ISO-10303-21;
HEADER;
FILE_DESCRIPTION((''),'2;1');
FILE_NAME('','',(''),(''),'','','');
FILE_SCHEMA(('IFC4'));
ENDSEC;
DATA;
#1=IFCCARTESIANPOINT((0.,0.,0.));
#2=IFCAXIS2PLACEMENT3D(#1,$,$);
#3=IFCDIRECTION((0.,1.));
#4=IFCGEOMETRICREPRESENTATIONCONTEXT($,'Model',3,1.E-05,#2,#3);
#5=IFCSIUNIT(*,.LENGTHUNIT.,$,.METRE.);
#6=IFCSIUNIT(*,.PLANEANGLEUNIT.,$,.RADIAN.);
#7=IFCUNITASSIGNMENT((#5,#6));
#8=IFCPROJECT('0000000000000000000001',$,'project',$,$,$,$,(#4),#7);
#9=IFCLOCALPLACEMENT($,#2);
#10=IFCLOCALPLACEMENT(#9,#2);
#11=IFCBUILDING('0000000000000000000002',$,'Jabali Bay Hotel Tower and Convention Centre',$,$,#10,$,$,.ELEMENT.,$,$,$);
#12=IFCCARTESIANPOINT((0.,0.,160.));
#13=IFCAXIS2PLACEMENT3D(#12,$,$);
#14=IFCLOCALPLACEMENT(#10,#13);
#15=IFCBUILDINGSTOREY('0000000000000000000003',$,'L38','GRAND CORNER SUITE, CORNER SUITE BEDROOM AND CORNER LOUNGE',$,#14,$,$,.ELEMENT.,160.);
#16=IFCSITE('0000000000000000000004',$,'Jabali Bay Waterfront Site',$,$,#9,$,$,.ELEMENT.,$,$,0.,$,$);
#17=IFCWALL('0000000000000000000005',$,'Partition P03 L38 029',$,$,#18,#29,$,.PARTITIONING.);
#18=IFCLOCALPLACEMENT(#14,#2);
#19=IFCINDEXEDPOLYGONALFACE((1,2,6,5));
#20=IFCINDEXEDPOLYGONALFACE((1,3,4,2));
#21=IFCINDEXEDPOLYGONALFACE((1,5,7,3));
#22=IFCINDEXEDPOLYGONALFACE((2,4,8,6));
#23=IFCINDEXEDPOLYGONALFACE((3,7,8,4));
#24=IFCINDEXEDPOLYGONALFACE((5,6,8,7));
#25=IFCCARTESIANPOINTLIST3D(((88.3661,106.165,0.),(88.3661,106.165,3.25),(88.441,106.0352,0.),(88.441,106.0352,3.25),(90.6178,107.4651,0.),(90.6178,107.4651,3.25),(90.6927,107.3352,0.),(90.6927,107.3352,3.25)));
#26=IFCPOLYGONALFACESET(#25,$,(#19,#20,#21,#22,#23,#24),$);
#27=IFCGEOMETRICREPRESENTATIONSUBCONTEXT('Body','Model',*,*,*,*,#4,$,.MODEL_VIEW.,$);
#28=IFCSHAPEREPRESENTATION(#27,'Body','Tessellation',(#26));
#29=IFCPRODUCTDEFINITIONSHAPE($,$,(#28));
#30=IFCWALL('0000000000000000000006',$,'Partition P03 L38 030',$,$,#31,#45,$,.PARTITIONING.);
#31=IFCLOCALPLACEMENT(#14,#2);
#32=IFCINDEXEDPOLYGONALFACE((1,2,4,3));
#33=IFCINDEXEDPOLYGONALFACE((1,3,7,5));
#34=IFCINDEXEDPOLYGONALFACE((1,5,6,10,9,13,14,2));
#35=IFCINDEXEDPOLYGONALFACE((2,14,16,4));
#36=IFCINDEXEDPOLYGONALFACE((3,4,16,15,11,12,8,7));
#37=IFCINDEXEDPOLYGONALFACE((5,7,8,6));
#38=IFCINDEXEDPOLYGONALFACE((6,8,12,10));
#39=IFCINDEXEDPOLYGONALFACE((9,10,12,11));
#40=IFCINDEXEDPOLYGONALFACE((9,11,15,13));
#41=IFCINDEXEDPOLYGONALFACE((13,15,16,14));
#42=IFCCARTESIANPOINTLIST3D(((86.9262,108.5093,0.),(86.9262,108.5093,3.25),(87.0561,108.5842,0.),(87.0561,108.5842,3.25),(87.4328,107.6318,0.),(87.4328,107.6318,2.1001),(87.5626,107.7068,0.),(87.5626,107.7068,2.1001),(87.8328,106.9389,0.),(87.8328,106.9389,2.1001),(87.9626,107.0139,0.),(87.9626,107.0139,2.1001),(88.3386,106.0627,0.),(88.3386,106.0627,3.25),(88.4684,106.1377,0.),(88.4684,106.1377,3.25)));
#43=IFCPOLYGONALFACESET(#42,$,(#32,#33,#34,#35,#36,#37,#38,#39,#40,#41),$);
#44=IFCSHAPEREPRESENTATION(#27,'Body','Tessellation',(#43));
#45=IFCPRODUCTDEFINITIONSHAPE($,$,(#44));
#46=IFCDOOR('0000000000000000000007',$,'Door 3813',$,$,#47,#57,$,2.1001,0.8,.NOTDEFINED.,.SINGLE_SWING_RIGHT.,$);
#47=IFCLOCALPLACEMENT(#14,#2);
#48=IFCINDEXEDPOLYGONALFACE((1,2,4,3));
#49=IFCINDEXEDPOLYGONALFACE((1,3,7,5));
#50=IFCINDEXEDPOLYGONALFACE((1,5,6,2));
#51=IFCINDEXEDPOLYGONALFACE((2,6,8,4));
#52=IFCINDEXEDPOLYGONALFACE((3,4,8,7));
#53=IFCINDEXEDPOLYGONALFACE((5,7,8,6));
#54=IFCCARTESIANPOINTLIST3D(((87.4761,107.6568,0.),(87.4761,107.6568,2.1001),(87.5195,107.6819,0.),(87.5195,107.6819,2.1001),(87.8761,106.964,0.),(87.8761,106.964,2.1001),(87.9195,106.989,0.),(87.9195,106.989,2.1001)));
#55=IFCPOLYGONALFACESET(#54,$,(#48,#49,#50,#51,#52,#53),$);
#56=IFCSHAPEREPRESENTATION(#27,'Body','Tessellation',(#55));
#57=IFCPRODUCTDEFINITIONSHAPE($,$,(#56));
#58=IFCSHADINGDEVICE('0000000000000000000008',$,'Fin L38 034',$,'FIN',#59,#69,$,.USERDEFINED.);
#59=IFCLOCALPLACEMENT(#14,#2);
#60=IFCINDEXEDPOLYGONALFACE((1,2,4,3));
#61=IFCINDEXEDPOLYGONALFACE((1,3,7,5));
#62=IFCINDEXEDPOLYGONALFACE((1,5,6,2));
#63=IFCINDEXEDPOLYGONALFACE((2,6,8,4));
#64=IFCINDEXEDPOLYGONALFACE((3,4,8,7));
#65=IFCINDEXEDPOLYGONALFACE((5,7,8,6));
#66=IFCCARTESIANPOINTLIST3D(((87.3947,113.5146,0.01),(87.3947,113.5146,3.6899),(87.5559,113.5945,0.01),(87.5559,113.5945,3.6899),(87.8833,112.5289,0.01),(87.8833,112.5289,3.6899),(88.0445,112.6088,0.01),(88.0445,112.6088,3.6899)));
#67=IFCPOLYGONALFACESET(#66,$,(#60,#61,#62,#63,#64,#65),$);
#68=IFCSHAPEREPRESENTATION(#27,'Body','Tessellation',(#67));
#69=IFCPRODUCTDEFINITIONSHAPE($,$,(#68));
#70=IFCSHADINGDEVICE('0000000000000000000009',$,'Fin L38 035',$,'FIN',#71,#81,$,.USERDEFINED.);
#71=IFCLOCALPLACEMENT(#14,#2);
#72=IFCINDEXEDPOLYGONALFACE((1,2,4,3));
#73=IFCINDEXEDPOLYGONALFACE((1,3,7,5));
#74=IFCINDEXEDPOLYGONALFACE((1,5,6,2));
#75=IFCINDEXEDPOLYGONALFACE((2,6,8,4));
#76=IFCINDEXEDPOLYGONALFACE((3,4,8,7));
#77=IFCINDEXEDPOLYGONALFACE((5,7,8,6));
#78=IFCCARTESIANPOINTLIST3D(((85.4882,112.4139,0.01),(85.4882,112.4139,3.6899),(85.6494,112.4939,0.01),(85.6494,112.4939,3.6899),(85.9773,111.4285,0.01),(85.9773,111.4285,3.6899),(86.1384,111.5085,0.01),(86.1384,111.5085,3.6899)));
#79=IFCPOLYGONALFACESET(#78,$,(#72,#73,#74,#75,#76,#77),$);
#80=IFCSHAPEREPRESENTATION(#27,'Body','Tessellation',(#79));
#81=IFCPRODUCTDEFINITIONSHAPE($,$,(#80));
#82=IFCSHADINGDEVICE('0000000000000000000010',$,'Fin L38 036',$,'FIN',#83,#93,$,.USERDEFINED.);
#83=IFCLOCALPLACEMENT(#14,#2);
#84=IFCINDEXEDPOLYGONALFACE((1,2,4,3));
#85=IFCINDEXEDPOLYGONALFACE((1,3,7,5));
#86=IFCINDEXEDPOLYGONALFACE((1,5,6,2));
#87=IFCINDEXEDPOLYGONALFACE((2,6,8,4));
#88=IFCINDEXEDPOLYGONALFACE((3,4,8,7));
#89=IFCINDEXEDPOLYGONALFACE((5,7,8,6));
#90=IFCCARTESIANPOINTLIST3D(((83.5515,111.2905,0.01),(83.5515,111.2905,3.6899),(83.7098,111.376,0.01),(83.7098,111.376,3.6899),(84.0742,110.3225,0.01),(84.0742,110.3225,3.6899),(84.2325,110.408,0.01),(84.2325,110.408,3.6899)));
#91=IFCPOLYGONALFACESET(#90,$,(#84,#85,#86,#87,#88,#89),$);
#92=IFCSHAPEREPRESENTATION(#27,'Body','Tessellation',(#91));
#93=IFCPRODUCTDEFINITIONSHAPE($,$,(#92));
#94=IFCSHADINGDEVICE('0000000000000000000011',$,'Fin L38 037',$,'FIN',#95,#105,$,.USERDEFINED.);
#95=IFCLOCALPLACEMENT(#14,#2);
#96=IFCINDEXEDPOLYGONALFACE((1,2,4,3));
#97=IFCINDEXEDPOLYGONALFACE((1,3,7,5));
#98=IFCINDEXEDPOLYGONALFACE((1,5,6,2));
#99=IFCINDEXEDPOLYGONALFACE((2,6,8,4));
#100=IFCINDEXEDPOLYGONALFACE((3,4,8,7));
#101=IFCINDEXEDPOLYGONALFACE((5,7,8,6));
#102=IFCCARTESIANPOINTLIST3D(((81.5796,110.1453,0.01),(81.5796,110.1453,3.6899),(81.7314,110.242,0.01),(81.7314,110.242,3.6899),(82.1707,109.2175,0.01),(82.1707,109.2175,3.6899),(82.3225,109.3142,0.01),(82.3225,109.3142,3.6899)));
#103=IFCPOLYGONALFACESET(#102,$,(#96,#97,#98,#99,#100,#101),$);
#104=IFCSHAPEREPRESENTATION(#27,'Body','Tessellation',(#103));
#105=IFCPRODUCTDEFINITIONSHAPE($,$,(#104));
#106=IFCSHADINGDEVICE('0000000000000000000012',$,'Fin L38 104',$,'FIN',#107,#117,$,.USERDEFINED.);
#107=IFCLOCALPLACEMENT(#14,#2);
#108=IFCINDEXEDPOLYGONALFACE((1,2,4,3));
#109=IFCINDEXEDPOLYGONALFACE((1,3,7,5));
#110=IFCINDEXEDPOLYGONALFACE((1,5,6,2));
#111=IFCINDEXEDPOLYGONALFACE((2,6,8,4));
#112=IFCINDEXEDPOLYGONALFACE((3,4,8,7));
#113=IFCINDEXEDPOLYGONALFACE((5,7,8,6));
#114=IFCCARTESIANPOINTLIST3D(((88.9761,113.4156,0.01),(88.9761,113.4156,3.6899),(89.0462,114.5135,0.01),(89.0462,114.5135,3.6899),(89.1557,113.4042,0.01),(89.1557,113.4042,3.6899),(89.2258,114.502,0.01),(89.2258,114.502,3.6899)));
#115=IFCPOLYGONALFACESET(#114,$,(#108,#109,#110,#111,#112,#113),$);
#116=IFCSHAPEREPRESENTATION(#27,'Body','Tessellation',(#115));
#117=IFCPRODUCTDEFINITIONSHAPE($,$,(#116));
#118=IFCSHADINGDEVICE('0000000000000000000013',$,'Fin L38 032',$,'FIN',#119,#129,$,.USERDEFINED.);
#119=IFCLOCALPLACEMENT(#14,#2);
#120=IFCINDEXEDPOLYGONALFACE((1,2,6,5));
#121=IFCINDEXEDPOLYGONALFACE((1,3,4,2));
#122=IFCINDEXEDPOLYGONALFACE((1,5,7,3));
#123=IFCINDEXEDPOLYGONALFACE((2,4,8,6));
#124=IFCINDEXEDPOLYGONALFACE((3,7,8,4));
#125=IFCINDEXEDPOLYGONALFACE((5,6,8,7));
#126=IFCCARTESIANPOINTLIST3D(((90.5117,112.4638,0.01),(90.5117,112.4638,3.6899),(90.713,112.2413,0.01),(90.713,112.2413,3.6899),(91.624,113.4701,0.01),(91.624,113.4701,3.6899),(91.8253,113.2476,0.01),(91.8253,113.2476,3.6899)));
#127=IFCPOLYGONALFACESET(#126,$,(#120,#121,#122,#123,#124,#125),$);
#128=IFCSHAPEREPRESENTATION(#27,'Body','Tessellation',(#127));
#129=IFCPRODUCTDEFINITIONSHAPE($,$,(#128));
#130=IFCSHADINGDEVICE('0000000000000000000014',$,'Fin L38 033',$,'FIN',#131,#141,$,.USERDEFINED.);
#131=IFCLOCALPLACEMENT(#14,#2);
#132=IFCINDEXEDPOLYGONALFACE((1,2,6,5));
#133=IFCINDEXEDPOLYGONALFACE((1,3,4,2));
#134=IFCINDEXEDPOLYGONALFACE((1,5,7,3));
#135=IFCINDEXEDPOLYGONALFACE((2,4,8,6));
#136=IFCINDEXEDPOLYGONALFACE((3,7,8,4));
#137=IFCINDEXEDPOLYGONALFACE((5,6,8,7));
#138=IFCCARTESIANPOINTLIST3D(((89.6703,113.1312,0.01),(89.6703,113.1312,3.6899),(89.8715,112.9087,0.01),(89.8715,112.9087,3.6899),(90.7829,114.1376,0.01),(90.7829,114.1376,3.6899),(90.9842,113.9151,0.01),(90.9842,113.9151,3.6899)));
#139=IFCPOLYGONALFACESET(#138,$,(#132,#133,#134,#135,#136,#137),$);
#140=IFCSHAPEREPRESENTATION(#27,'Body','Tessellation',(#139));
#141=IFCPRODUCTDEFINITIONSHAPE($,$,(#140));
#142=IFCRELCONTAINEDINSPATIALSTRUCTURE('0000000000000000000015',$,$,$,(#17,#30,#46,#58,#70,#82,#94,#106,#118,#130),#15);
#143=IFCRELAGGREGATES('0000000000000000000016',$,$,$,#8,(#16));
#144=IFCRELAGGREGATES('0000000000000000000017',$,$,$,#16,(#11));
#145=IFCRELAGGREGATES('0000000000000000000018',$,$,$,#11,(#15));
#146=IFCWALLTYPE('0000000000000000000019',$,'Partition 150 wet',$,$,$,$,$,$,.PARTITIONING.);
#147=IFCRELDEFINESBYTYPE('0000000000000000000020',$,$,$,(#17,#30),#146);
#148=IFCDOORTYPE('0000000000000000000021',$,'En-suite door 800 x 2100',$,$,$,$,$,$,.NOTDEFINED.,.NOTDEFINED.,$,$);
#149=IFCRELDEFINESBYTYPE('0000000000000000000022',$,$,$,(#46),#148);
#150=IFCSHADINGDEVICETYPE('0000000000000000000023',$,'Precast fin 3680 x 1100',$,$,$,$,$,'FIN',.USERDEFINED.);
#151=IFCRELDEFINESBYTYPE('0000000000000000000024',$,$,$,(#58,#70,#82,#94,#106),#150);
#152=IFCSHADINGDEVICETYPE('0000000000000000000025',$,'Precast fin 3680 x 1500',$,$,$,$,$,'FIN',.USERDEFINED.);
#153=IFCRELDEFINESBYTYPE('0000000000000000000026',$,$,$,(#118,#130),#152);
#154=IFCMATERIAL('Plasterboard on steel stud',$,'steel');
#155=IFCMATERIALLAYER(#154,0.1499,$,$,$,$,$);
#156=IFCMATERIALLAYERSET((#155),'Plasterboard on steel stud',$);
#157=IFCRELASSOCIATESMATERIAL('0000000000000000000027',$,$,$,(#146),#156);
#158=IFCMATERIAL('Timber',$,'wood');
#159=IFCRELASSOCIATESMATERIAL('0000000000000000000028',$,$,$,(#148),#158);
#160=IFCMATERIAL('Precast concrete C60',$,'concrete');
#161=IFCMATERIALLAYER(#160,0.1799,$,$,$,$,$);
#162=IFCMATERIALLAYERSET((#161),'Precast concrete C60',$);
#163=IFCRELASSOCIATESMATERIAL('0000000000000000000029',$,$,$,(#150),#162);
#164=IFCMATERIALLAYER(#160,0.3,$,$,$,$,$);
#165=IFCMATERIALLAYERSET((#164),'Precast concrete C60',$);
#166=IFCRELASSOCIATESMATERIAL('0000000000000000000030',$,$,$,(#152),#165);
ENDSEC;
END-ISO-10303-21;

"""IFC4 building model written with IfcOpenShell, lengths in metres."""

from ifc_helpers import new_model, si_unit, direction, frame, frame_2d, origin, place, context, subcontext, project, spatial, rectangle, extrude, material, layer, layer_set, type_object, element, fill, save


model = new_model("IFC4")

# Units and contexts
model_context = context("Model", 3, precision=1e-05, world=origin(), true_north=direction((0.0, 1.0)))
body_context = subcontext(model_context, "Body", "Model", "MODEL_VIEW")
ifc_project = project(units=[si_unit("LENGTHUNIT", "METRE"), si_unit("PLANEANGLEUNIT", "RADIAN")], contexts=[model_context])

# Site, building, storey
site_placement = place(None, origin())
site = spatial("IfcSite", under=ifc_project, at=site_placement, Name="Jabali Bay Waterfront Site", CompositionType="ELEMENT", RefElevation=0.0)
building_placement = place(site_placement, origin())
building = spatial("IfcBuilding", under=site, at=building_placement, Name="Jabali Bay Hotel Tower and Convention Centre", CompositionType="ELEMENT")
storey_placement = place(building_placement, frame((0.0, 0.0, 160.0)))
storey = spatial("IfcBuildingStorey", under=building, at=storey_placement, Name="L38", Description="GRAND CORNER SUITE, CORNER SUITE BEDROOM AND CORNER LOUNGE", CompositionType="ELEMENT", Elevation=160.0)

# Wall
ifc_material_1 = material(Name="Plasterboard on steel stud", Category="steel")
ifc_layer_1 = layer(ifc_material_1, 0.1499)
ifc_layer_set_1 = layer_set([ifc_layer_1], Name="Plasterboard on steel stud")
wall_type_1 = type_object("IfcWallType", Name="Partition 150 wet", PredefinedType="PARTITIONING", material=ifc_layer_set_1)
wall_1_placement = place(storey_placement, frame((90.6553, 107.4001, 0.0), z_axis=(0.0, 0.0, 1.0), x_axis=(-0.866021, -0.500007, 0.0)))
element("IfcWall", 1, at=wall_1_placement, inside=storey, type_object=wall_type_1, Name="Partition P03 L38 029", PredefinedType="PARTITIONING", context=body_context, shape_type="SweptSolid", body=[
    extrude(rectangle(XDim=2.6001, YDim=0.1499, at=frame_2d((1.3, 0.0))), origin(), (0.0, 0.0, 1.0), 3.25),
])

# Wall, opening, door
wall_2_placement = place(storey_placement, frame((88.4036, 106.1001, 0.0), z_axis=(0.0, 0.0, 1.0), x_axis=(-0.499959, 0.866049, 0.0)))
wall_2 = element("IfcWall", 2, at=wall_2_placement, inside=storey, type_object=wall_type_1, Name="Partition P03 L38 030", PredefinedType="PARTITIONING", context=body_context, shape_type="SweptSolid", body=[
    extrude(rectangle(XDim=2.825, YDim=0.1499, at=frame_2d((1.4126, 0.0))), origin(), (0.0, 0.0, 1.0), 3.25),
])
opening_1_placement = place(wall_2_placement, frame((1.012, 0.0, 0.0)))
opening_1 = element("IfcOpeningElement", 3, at=opening_1_placement, cuts=wall_2, PredefinedType="OPENING", context=body_context, shape_type="SweptSolid", body=[
    extrude(rectangle(XDim=0.8, YDim=2.1001, at=frame_2d((0.3999, 1.05))), frame((0.0, 0.0854, 0.0), z_axis=(0.0, -1.0, 0.0), x_axis=(1.0, 0.0, 0.0)), (0.0, 0.0, 1.0), 0.1709),
])
ifc_material_2 = material(Name="Timber", Category="wood")
door_type = type_object("IfcDoorType", Name="En-suite door 800 x 2100", OperationType="NOTDEFINED", PredefinedType="NOTDEFINED", material=ifc_material_2)
door_placement = place(opening_1_placement, origin())
door = element("IfcDoor", 4, at=door_placement, inside=storey, type_object=door_type, Name="Door 3813", OperationType="SINGLE_SWING_RIGHT", OverallHeight=2.1001, OverallWidth=0.8, PredefinedType="NOTDEFINED", context=body_context, shape_type="SweptSolid", body=[
    extrude(rectangle(XDim=0.8, YDim=2.1001, at=frame_2d((0.3999, 1.05))), frame((0.0, 0.0249, 0.0), z_axis=(0.0, -1.0, 0.0), x_axis=(1.0, 0.0, 0.0)), (0.0, 0.0, 1.0), 0.05),
])
fill(opening_1, door)

# Shading devices
ifc_material_3 = material(Name="Precast concrete C60", Category="concrete")
ifc_layer_2 = layer(ifc_material_3, 0.1799)
ifc_layer_set_2 = layer_set([ifc_layer_2], Name="Precast concrete C60")
shading_device_type_1 = type_object("IfcShadingDeviceType", Name="Precast fin 3680 x 1100", ElementType="FIN", PredefinedType="USERDEFINED", material=ifc_layer_set_2)
for number, where, z_axis, x_axis, name in (
    (5, (87.9639, 112.5688, 0.01), (0.0, 0.0, 1.0), (-0.444104, 0.895975, 0.0), "Fin L38 034"),
    (6, (86.0579, 111.4685, 0.01), (0.0, 0.0, 1.0), (-0.444548, 0.895755, 0.0), "Fin L38 035"),
    (7, (84.1533, 110.3652, 0.01), (0.0, 0.0, 1.0), (-0.475132, 0.879915, 0.0), "Fin L38 036"),
    (8, (82.2466, 109.2659, 0.01), (0.0, 0.0, 1.0), (-0.537321, 0.843378, 0.0), "Fin L38 037"),
    (9, (89.0659, 113.4099, 0.01), (0.0, 0.0, 1.0), (0.063691, 0.99797, 0.0), "Fin L38 104"),
):
    element("IfcShadingDevice", number, at=place(storey_placement, frame(where, z_axis=z_axis, x_axis=x_axis)), inside=storey, type_object=shading_device_type_1, Name=name, ObjectType="FIN", PredefinedType="USERDEFINED", context=body_context, shape_type="SweptSolid", body=[
        extrude(rectangle(XDim=1.1001, YDim=0.1799, at=frame_2d((0.55, 0.0))), origin(), (0.0, 0.0, 1.0), 3.6799),
    ])
ifc_layer_3 = layer(ifc_material_3, 0.3)
ifc_layer_set_3 = layer_set([ifc_layer_3], Name="Precast concrete C60")
shading_device_type_2 = type_object("IfcShadingDeviceType", Name="Precast fin 3680 x 1500", ElementType="FIN", PredefinedType="USERDEFINED", material=ifc_layer_set_3)
shading_device_1_placement = place(storey_placement, frame((90.6123, 112.3525, 0.01), z_axis=(0.0, 0.0, 1.0), x_axis=(0.741543, 0.670905, 0.0)))
element("IfcShadingDevice", 10, at=shading_device_1_placement, inside=storey, type_object=shading_device_type_2, Name="Fin L38 032", ObjectType="FIN", PredefinedType="USERDEFINED", context=body_context, shape_type="SweptSolid", body=[
    extrude(rectangle(XDim=1.5, YDim=0.3, at=frame_2d((0.75, 0.0))), origin(), (0.0, 0.0, 1.0), 3.6799),
])
shading_device_2_placement = place(storey_placement, frame((89.771, 113.02, 0.01), z_axis=(0.0, 0.0, 1.0), x_axis=(0.741617, 0.670824, 0.0)))
element("IfcShadingDevice", 11, at=shading_device_2_placement, inside=storey, type_object=shading_device_type_2, Name="Fin L38 033", ObjectType="FIN", PredefinedType="USERDEFINED", context=body_context, shape_type="SweptSolid", body=[
    extrude(rectangle(XDim=1.5002, YDim=0.3, at=frame_2d((0.75, 0.0))), origin(), (0.0, 0.0, 1.0), 3.6799),
])

save(model, "model.ifc")
